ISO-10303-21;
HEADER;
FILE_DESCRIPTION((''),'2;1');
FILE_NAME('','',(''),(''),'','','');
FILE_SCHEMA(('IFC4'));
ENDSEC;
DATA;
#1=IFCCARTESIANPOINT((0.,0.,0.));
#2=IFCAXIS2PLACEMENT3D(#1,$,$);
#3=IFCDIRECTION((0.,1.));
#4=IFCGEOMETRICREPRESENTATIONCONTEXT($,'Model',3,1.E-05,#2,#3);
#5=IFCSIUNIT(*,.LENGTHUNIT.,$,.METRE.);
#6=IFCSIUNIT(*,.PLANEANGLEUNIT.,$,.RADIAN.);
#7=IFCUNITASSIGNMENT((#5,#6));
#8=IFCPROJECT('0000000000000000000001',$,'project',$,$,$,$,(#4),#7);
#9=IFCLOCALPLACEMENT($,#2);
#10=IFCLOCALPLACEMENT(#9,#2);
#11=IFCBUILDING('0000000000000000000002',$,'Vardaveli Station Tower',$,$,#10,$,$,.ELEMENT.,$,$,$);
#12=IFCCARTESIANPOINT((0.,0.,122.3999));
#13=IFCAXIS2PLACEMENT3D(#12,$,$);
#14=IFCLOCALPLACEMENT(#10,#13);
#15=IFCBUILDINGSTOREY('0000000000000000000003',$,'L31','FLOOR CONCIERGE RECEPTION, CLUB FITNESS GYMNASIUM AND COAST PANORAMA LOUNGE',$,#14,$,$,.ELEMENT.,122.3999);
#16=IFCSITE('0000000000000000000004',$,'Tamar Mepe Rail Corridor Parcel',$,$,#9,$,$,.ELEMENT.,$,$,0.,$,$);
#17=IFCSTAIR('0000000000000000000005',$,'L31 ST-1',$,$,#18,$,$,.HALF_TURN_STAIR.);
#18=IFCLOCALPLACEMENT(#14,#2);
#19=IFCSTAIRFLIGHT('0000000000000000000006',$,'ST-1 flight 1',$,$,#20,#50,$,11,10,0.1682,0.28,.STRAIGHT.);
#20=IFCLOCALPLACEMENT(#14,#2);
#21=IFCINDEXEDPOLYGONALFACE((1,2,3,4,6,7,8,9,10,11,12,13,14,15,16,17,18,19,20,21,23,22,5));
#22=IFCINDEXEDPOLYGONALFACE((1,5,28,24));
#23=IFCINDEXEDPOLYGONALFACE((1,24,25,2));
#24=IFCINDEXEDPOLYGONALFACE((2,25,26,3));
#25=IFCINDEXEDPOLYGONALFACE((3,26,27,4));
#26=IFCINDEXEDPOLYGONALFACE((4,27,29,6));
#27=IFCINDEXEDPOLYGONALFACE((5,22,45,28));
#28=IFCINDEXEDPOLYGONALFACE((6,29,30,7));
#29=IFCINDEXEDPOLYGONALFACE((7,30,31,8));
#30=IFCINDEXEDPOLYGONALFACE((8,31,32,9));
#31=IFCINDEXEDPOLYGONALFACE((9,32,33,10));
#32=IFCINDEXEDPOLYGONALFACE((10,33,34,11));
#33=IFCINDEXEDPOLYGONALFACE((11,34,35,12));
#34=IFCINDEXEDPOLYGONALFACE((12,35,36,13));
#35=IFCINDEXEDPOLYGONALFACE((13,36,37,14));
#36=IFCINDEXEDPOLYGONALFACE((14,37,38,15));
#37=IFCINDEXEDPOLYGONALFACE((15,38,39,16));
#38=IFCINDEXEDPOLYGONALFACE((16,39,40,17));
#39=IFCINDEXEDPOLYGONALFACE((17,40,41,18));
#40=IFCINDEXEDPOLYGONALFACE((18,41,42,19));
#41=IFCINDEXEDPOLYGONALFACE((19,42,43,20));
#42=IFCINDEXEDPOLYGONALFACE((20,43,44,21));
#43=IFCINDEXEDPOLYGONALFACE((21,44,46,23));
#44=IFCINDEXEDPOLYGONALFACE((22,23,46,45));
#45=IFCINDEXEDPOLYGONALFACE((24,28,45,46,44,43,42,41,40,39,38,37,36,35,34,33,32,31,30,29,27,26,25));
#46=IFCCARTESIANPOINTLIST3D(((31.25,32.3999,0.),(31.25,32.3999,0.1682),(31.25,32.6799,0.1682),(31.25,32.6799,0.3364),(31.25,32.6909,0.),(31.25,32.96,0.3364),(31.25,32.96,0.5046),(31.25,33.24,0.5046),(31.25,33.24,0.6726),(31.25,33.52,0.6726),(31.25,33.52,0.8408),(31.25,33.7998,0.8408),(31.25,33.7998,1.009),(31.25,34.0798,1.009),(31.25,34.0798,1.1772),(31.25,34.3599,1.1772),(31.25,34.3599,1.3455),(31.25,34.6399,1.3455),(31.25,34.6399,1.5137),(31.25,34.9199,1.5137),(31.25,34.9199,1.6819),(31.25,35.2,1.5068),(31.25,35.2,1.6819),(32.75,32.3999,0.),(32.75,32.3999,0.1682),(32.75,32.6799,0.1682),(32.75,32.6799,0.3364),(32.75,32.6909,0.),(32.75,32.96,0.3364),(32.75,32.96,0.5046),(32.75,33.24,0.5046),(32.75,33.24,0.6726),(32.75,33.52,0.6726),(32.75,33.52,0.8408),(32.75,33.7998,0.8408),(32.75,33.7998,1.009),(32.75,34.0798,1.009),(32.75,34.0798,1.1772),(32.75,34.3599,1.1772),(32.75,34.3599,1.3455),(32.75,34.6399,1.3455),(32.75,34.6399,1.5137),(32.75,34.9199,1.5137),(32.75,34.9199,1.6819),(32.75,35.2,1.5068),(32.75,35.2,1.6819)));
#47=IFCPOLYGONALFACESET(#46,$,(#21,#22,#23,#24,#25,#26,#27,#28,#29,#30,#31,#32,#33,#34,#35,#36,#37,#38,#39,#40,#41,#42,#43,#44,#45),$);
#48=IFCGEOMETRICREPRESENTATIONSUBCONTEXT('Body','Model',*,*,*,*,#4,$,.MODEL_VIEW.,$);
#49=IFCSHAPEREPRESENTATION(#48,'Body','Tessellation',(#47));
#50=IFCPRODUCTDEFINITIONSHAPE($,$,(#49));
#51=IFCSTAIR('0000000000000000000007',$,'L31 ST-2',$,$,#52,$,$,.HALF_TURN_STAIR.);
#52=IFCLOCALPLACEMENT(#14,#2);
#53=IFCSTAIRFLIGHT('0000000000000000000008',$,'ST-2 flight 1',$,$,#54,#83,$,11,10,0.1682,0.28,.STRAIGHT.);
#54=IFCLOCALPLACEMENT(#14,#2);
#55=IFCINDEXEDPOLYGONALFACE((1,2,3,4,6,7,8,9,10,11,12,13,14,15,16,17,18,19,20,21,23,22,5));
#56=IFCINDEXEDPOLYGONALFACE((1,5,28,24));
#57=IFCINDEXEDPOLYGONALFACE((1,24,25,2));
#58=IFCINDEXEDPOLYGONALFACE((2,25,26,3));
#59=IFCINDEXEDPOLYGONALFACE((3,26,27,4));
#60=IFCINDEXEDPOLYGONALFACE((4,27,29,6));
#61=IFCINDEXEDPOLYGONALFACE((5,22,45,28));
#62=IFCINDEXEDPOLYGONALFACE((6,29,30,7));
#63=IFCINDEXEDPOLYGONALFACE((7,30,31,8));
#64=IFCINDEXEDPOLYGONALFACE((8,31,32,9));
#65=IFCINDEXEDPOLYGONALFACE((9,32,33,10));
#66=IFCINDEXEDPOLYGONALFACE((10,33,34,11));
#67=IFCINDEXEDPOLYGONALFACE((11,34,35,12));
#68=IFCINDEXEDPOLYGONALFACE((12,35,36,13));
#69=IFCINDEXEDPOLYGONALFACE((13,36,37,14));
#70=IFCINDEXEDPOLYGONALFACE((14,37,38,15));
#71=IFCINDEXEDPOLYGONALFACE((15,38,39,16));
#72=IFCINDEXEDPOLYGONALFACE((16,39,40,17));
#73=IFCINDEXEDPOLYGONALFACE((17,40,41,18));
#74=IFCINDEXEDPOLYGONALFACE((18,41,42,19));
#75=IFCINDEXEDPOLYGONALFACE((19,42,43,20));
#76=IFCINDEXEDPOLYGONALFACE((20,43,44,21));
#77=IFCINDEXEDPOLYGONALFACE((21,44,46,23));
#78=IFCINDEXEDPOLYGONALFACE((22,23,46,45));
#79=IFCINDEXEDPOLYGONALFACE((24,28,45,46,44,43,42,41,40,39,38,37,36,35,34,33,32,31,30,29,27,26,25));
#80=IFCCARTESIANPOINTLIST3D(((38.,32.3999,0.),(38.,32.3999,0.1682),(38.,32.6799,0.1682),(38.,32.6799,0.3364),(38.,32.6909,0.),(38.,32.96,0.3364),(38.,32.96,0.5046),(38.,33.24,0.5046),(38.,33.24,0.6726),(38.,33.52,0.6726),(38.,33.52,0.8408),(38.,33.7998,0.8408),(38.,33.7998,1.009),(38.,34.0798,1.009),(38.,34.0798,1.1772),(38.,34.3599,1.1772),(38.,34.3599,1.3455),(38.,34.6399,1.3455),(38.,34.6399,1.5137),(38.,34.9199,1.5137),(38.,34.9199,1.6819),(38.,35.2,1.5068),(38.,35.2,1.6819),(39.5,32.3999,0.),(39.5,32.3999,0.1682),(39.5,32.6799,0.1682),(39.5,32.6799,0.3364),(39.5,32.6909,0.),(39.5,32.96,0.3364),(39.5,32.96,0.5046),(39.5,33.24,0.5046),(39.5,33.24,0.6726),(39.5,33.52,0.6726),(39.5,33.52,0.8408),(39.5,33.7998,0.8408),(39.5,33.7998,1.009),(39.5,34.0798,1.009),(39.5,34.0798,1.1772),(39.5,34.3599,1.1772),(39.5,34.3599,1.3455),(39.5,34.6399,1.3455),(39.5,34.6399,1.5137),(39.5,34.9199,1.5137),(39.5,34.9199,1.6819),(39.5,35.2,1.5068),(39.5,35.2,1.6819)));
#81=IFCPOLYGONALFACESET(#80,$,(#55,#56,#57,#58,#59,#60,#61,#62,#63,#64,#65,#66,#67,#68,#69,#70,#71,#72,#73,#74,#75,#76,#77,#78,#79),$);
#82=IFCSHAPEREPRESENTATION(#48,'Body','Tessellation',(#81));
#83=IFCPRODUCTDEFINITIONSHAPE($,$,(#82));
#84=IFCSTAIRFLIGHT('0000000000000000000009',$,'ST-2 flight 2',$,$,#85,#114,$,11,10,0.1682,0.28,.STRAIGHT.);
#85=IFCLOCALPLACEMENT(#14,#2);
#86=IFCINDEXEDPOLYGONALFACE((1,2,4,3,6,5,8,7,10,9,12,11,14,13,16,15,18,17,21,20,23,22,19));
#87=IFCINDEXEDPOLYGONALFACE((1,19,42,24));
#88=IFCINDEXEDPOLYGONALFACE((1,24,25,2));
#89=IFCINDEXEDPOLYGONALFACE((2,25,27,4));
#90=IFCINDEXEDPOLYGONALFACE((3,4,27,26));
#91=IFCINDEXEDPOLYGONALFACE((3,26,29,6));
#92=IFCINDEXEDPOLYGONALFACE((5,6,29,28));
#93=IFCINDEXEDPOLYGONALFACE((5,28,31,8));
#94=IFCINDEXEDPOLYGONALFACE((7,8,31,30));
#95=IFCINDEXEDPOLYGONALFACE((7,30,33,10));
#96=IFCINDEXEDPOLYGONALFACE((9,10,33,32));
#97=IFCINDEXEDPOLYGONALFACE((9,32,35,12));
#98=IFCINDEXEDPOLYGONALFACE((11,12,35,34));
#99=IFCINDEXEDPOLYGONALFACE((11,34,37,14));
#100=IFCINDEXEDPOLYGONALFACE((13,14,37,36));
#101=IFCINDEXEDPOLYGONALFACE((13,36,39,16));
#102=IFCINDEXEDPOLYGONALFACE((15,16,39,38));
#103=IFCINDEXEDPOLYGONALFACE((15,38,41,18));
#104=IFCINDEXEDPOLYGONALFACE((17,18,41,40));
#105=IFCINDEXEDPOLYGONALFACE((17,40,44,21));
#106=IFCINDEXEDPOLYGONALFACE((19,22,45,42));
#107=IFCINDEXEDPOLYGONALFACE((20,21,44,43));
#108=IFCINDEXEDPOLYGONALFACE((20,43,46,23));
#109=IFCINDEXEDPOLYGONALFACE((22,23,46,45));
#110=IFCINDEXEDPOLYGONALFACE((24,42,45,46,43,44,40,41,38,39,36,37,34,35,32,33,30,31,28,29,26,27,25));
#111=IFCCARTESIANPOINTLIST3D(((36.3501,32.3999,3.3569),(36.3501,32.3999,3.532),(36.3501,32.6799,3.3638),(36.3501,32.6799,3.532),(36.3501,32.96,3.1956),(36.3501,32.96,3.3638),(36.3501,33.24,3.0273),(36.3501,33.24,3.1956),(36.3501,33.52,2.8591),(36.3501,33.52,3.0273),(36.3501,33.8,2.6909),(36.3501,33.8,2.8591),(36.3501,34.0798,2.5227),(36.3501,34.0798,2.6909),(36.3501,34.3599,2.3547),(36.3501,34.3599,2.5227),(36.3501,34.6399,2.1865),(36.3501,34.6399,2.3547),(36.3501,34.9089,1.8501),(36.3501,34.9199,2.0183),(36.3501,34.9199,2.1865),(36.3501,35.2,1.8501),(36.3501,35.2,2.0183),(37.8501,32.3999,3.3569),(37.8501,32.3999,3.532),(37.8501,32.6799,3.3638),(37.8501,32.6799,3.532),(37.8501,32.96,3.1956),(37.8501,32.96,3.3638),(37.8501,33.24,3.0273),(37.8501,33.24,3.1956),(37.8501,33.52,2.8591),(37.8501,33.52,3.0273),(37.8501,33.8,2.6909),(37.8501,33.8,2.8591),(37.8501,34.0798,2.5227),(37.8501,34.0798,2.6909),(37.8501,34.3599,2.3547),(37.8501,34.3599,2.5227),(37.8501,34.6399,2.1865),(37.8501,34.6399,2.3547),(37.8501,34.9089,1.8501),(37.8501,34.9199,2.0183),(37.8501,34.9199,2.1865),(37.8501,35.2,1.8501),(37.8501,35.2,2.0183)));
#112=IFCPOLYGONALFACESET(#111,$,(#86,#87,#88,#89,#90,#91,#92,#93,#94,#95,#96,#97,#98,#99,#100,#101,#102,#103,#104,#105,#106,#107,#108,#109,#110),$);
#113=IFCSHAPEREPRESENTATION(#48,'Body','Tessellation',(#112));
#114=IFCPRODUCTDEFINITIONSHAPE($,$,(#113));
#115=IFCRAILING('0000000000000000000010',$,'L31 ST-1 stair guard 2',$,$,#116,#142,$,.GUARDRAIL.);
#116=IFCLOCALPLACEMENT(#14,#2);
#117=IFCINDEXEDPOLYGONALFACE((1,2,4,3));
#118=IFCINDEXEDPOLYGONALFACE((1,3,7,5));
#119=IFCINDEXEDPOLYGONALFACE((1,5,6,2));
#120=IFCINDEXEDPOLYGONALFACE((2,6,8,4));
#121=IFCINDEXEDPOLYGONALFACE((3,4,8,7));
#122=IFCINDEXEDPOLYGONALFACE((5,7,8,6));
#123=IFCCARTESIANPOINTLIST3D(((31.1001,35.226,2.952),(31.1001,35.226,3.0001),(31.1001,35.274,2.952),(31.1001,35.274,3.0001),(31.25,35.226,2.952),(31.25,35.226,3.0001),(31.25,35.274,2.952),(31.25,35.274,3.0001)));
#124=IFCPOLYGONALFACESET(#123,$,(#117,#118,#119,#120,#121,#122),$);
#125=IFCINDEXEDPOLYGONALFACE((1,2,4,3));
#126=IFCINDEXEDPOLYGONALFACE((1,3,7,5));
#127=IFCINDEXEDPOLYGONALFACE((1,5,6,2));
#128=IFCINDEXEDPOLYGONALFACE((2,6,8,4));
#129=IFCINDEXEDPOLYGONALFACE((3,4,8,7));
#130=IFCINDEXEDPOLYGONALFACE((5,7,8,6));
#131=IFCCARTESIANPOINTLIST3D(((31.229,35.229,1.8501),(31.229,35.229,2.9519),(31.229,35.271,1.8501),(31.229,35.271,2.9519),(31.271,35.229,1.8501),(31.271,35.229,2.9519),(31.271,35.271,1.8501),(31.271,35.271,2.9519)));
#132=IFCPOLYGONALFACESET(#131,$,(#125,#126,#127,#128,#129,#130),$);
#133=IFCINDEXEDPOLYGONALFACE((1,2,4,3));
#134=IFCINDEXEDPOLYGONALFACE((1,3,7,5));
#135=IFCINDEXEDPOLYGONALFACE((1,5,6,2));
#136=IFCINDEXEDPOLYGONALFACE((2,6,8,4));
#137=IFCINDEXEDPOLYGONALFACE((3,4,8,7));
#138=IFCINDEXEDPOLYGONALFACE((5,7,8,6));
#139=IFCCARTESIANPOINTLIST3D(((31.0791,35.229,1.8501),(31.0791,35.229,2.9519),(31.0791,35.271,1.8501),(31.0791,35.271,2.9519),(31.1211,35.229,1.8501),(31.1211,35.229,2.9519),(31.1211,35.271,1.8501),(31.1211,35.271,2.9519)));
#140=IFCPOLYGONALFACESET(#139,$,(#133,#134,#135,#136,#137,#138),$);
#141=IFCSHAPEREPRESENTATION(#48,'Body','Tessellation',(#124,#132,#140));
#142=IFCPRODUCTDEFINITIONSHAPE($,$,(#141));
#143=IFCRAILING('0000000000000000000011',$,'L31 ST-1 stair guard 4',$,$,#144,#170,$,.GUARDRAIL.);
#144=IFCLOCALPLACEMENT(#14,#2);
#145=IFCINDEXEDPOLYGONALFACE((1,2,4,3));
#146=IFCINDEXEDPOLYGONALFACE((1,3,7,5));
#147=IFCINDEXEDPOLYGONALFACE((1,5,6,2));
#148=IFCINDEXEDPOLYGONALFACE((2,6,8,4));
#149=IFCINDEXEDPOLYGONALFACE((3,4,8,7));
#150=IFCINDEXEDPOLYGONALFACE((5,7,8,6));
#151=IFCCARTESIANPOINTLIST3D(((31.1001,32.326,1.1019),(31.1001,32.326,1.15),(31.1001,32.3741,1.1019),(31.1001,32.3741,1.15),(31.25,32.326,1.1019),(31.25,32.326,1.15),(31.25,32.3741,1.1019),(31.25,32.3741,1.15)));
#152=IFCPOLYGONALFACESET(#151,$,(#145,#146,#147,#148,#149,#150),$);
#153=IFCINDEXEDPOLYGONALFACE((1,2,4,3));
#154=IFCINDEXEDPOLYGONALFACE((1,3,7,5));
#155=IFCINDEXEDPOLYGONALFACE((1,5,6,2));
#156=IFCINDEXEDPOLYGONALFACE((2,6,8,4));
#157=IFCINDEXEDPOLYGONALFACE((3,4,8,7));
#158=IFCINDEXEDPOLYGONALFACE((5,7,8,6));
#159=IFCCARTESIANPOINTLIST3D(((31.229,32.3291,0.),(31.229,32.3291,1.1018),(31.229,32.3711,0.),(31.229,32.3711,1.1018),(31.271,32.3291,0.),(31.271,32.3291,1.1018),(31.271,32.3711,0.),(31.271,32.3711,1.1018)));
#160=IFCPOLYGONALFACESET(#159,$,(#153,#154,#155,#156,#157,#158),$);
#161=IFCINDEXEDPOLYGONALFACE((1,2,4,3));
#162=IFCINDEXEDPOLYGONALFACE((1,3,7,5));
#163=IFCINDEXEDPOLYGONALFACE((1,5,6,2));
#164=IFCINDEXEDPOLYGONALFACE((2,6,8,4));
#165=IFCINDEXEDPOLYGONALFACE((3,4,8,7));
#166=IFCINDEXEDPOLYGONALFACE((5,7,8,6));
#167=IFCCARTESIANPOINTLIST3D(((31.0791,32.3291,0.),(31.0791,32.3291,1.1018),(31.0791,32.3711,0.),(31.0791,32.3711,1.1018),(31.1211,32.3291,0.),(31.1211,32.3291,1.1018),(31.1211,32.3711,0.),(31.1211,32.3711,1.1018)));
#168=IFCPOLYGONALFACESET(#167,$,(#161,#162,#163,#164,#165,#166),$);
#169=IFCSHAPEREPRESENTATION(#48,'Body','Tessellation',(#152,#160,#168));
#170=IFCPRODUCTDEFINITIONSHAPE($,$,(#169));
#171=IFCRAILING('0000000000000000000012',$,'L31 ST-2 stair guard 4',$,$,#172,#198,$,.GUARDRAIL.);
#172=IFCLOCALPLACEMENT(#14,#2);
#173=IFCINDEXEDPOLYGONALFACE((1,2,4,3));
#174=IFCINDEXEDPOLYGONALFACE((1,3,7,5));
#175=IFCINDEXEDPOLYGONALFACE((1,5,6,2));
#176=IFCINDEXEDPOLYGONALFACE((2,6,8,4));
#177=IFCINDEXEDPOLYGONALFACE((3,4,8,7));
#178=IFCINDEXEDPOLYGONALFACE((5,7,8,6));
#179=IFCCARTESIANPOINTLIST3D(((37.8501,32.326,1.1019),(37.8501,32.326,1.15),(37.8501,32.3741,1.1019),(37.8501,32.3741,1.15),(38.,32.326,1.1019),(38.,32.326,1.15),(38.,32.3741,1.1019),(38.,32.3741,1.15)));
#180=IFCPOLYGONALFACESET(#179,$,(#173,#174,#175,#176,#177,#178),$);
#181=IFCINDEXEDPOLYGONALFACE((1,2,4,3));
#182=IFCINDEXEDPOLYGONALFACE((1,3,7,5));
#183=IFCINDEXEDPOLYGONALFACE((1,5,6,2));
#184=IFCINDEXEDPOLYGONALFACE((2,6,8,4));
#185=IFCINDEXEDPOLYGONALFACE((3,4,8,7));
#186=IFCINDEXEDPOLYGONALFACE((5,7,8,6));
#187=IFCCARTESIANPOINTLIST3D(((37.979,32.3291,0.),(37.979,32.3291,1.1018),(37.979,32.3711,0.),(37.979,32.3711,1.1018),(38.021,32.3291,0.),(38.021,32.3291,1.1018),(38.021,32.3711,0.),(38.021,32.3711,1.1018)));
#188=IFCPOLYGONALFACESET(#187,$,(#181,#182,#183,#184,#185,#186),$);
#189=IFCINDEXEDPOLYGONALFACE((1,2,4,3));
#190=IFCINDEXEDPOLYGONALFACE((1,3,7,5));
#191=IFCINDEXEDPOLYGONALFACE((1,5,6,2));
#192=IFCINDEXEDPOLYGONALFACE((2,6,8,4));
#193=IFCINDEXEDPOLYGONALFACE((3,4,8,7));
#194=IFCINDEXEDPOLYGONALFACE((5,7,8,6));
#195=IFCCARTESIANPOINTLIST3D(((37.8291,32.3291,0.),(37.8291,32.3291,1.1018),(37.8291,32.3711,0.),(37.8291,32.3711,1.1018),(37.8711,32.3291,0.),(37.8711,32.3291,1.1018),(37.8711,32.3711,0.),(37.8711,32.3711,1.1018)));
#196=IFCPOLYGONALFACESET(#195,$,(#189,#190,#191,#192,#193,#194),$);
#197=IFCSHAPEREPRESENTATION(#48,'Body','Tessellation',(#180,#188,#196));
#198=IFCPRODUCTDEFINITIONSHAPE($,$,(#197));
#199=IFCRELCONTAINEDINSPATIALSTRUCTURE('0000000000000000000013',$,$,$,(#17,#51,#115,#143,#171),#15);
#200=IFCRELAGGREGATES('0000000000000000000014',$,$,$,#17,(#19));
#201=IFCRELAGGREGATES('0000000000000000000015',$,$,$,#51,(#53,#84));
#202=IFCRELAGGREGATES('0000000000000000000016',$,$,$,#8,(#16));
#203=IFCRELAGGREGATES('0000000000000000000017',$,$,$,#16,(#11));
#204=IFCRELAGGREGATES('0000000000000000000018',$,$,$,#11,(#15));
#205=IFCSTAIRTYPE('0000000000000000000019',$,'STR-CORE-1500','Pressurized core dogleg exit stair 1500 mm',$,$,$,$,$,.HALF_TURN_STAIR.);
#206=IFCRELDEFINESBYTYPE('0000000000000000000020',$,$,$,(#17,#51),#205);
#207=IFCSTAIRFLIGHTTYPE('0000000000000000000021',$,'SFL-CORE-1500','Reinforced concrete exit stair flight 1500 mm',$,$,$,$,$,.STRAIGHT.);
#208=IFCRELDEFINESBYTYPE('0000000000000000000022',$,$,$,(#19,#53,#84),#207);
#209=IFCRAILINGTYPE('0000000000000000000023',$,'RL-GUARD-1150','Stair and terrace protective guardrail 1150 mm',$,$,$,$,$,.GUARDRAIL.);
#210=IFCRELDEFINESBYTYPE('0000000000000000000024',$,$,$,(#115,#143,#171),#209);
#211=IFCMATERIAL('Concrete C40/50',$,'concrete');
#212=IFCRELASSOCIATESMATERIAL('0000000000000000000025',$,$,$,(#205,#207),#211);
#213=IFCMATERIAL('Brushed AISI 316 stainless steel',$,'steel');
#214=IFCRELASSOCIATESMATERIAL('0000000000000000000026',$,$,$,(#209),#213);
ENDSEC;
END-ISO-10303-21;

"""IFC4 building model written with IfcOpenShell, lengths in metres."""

from ifc_helpers import new_model, si_unit, direction, frame, origin, origin_2d, place, context, subcontext, project, spatial, polyline, rectangle, outline, extrude, source, transform, mapped, material, type_object, element, aggregate, save


model = new_model("IFC4")

# Units and contexts
model_context = context("Model", 3, precision=1e-05, world=origin(), true_north=direction((0.0, 1.0)))
body_context = subcontext(model_context, "Body", "Model", "MODEL_VIEW")
ifc_project = project(units=[si_unit("LENGTHUNIT", "METRE"), si_unit("PLANEANGLEUNIT", "RADIAN")], contexts=[model_context])

# Site, building, storey
site_placement = place(None, origin())
site = spatial("IfcSite", under=ifc_project, at=site_placement, Name="Tamar Mepe Rail Corridor Parcel", CompositionType="ELEMENT", RefElevation=0.0)
building_placement = place(site_placement, origin())
building = spatial("IfcBuilding", under=site, at=building_placement, Name="Vardaveli Station Tower", CompositionType="ELEMENT")
storey_placement = place(building_placement, frame((0.0, 0.0, 122.3999)))
storey = spatial("IfcBuildingStorey", under=building, at=storey_placement, Name="L31", Description="FLOOR CONCIERGE RECEPTION, CLUB FITNESS GYMNASIUM AND COAST PANORAMA LOUNGE", CompositionType="ELEMENT", Elevation=122.3999)

# Shared definitions
ifc_material_1 = material(Name="Concrete C40/50", Category="concrete")

# Stair, stair flight
stair_type = type_object("IfcStairType", Name="STR-CORE-1500", Description="Pressurized core dogleg exit stair 1500 mm", PredefinedType="HALF_TURN_STAIR", material=ifc_material_1)
stair_1_placement = place(storey_placement, origin())
stair_1 = element("IfcStair", 1, at=stair_1_placement, inside=storey, type_object=stair_type, Name="L31 ST-1", PredefinedType="HALF_TURN_STAIR")
stair_flight_type = type_object("IfcStairFlightType", Name="SFL-CORE-1500", Description="Reinforced concrete exit stair flight 1500 mm", PredefinedType="STRAIGHT", material=ifc_material_1)
shared_shape_1 = source(origin(), body_context, "Body", "SweptSolid", [
    extrude(outline(polyline([(0.0, 0.0), (0.0, 0.1682), (0.28, 0.1682), (0.28, 0.3364), (0.5601, 0.3364), (0.5601, 0.5046), (0.8401, 0.5046), (0.8401, 0.6726), (1.1201, 0.6726), (1.1201, 0.8408), (1.3999, 0.8408), (1.3999, 1.009), (1.6799, 1.009), (1.6799, 1.1772), (1.96, 1.1772), (1.96, 1.3455), (2.24, 1.3455), (2.24, 1.5137), (2.52, 1.5137), (2.52, 1.6819), (2.8, 1.6819), (2.8, 1.8501), (2.8, 1.5068), (0.291, 0.0), (0.0, 0.0)])), frame((0.0, 0.75, 0.0), z_axis=(0.0, -1.0, 0.0), x_axis=(1.0, 0.0, 0.0)), (0.0, 0.0, 1.0), 1.5),
])
stair_flight_1_placement = place(storey_placement, frame((32.0, 32.3999, 0.0), z_axis=(0.0, 0.0, 1.0), x_axis=(0.0, 1.0, 0.0)))
stair_flight_1 = element("IfcStairFlight", 2, at=stair_flight_1_placement, type_object=stair_flight_type, Name="ST-1 flight 1", NumberOfRisers=11, NumberOfTreads=10, PredefinedType="STRAIGHT", RiserHeight=0.1682, TreadLength=0.28, context=body_context, shape_type="MappedRepresentation", body=[
    mapped(shared_shape_1, transform((0.0, 0.0, 0.0), scale=1.0)),
])
aggregate(stair_1, [stair_flight_1])

# Stair, stair flights
stair_2_placement = place(storey_placement, origin())
stair_2 = element("IfcStair", 3, at=stair_2_placement, inside=storey, type_object=stair_type, Name="L31 ST-2", PredefinedType="HALF_TURN_STAIR")
stair_flight_2_placement = place(storey_placement, frame((38.75, 32.3999, 0.0), z_axis=(0.0, 0.0, 1.0), x_axis=(0.0, 1.0, 0.0)))
stair_flight_2 = element("IfcStairFlight", 4, at=stair_flight_2_placement, type_object=stair_flight_type, Name="ST-2 flight 1", NumberOfRisers=11, NumberOfTreads=10, PredefinedType="STRAIGHT", RiserHeight=0.1682, TreadLength=0.28, context=body_context, shape_type="MappedRepresentation", body=[
    mapped(shared_shape_1, transform((0.0, 0.0, 0.0), scale=1.0)),
])
stair_flight_3_placement = place(storey_placement, frame((37.1001, 35.2, 1.8501), z_axis=(0.0, 0.0, 1.0), x_axis=(0.0, -1.0, 0.0)))
stair_flight_3 = element("IfcStairFlight", 5, at=stair_flight_3_placement, type_object=stair_flight_type, Name="ST-2 flight 2", NumberOfRisers=11, NumberOfTreads=10, PredefinedType="STRAIGHT", RiserHeight=0.1682, TreadLength=0.28, context=body_context, shape_type="MappedRepresentation", body=[
    mapped(shared_shape_1, transform((0.0, 0.0, 0.0), scale=1.0)),
])
aggregate(stair_2, [stair_flight_2, stair_flight_3])

# Railings
ifc_material_2 = material(Name="Brushed AISI 316 stainless steel", Category="steel")
railing_type_1 = type_object("IfcRailingType", Name="RL-GUARD-1150", Description="Stair and terrace protective guardrail 1150 mm", PredefinedType="GUARDRAIL", material=ifc_material_2)
shared_shape_2 = source(origin(), body_context, "Body", "SweptSolid", [
    extrude(rectangle(XDim=0.0481, YDim=0.0481, at=origin_2d()), frame((0.0, 0.0, 1.126), z_axis=(-1.0, 0.0, 0.0), x_axis=(0.0, -1.0, 0.0)), (0.0, 0.0, 1.0), 0.1499),
    extrude(rectangle(XDim=0.042, YDim=0.042, at=origin_2d()), origin(), (0.0, 0.0, 1.0), 1.1018),
    extrude(rectangle(XDim=0.042, YDim=0.042, at=origin_2d()), frame((-0.1499, 0.0, 0.0)), (0.0, 0.0, 1.0), 1.1018),
])
for number, where, name in (
    (6, (31.25, 35.25, 1.8501), "L31 ST-1 stair guard 2"),
    (7, (31.25, 32.3501, 0.0), "L31 ST-1 stair guard 4"),
    (8, (38.0, 32.3501, 0.0), "L31 ST-2 stair guard 4"),
):
    element("IfcRailing", number, at=place(storey_placement, frame(where)), inside=storey, type_object=railing_type_1, Name=name, PredefinedType="GUARDRAIL", context=body_context, shape_type="MappedRepresentation", body=[
        mapped(shared_shape_2, transform((0.0, 0.0, 0.0), scale=1.0)),
    ])

save(model, "model.ifc")
